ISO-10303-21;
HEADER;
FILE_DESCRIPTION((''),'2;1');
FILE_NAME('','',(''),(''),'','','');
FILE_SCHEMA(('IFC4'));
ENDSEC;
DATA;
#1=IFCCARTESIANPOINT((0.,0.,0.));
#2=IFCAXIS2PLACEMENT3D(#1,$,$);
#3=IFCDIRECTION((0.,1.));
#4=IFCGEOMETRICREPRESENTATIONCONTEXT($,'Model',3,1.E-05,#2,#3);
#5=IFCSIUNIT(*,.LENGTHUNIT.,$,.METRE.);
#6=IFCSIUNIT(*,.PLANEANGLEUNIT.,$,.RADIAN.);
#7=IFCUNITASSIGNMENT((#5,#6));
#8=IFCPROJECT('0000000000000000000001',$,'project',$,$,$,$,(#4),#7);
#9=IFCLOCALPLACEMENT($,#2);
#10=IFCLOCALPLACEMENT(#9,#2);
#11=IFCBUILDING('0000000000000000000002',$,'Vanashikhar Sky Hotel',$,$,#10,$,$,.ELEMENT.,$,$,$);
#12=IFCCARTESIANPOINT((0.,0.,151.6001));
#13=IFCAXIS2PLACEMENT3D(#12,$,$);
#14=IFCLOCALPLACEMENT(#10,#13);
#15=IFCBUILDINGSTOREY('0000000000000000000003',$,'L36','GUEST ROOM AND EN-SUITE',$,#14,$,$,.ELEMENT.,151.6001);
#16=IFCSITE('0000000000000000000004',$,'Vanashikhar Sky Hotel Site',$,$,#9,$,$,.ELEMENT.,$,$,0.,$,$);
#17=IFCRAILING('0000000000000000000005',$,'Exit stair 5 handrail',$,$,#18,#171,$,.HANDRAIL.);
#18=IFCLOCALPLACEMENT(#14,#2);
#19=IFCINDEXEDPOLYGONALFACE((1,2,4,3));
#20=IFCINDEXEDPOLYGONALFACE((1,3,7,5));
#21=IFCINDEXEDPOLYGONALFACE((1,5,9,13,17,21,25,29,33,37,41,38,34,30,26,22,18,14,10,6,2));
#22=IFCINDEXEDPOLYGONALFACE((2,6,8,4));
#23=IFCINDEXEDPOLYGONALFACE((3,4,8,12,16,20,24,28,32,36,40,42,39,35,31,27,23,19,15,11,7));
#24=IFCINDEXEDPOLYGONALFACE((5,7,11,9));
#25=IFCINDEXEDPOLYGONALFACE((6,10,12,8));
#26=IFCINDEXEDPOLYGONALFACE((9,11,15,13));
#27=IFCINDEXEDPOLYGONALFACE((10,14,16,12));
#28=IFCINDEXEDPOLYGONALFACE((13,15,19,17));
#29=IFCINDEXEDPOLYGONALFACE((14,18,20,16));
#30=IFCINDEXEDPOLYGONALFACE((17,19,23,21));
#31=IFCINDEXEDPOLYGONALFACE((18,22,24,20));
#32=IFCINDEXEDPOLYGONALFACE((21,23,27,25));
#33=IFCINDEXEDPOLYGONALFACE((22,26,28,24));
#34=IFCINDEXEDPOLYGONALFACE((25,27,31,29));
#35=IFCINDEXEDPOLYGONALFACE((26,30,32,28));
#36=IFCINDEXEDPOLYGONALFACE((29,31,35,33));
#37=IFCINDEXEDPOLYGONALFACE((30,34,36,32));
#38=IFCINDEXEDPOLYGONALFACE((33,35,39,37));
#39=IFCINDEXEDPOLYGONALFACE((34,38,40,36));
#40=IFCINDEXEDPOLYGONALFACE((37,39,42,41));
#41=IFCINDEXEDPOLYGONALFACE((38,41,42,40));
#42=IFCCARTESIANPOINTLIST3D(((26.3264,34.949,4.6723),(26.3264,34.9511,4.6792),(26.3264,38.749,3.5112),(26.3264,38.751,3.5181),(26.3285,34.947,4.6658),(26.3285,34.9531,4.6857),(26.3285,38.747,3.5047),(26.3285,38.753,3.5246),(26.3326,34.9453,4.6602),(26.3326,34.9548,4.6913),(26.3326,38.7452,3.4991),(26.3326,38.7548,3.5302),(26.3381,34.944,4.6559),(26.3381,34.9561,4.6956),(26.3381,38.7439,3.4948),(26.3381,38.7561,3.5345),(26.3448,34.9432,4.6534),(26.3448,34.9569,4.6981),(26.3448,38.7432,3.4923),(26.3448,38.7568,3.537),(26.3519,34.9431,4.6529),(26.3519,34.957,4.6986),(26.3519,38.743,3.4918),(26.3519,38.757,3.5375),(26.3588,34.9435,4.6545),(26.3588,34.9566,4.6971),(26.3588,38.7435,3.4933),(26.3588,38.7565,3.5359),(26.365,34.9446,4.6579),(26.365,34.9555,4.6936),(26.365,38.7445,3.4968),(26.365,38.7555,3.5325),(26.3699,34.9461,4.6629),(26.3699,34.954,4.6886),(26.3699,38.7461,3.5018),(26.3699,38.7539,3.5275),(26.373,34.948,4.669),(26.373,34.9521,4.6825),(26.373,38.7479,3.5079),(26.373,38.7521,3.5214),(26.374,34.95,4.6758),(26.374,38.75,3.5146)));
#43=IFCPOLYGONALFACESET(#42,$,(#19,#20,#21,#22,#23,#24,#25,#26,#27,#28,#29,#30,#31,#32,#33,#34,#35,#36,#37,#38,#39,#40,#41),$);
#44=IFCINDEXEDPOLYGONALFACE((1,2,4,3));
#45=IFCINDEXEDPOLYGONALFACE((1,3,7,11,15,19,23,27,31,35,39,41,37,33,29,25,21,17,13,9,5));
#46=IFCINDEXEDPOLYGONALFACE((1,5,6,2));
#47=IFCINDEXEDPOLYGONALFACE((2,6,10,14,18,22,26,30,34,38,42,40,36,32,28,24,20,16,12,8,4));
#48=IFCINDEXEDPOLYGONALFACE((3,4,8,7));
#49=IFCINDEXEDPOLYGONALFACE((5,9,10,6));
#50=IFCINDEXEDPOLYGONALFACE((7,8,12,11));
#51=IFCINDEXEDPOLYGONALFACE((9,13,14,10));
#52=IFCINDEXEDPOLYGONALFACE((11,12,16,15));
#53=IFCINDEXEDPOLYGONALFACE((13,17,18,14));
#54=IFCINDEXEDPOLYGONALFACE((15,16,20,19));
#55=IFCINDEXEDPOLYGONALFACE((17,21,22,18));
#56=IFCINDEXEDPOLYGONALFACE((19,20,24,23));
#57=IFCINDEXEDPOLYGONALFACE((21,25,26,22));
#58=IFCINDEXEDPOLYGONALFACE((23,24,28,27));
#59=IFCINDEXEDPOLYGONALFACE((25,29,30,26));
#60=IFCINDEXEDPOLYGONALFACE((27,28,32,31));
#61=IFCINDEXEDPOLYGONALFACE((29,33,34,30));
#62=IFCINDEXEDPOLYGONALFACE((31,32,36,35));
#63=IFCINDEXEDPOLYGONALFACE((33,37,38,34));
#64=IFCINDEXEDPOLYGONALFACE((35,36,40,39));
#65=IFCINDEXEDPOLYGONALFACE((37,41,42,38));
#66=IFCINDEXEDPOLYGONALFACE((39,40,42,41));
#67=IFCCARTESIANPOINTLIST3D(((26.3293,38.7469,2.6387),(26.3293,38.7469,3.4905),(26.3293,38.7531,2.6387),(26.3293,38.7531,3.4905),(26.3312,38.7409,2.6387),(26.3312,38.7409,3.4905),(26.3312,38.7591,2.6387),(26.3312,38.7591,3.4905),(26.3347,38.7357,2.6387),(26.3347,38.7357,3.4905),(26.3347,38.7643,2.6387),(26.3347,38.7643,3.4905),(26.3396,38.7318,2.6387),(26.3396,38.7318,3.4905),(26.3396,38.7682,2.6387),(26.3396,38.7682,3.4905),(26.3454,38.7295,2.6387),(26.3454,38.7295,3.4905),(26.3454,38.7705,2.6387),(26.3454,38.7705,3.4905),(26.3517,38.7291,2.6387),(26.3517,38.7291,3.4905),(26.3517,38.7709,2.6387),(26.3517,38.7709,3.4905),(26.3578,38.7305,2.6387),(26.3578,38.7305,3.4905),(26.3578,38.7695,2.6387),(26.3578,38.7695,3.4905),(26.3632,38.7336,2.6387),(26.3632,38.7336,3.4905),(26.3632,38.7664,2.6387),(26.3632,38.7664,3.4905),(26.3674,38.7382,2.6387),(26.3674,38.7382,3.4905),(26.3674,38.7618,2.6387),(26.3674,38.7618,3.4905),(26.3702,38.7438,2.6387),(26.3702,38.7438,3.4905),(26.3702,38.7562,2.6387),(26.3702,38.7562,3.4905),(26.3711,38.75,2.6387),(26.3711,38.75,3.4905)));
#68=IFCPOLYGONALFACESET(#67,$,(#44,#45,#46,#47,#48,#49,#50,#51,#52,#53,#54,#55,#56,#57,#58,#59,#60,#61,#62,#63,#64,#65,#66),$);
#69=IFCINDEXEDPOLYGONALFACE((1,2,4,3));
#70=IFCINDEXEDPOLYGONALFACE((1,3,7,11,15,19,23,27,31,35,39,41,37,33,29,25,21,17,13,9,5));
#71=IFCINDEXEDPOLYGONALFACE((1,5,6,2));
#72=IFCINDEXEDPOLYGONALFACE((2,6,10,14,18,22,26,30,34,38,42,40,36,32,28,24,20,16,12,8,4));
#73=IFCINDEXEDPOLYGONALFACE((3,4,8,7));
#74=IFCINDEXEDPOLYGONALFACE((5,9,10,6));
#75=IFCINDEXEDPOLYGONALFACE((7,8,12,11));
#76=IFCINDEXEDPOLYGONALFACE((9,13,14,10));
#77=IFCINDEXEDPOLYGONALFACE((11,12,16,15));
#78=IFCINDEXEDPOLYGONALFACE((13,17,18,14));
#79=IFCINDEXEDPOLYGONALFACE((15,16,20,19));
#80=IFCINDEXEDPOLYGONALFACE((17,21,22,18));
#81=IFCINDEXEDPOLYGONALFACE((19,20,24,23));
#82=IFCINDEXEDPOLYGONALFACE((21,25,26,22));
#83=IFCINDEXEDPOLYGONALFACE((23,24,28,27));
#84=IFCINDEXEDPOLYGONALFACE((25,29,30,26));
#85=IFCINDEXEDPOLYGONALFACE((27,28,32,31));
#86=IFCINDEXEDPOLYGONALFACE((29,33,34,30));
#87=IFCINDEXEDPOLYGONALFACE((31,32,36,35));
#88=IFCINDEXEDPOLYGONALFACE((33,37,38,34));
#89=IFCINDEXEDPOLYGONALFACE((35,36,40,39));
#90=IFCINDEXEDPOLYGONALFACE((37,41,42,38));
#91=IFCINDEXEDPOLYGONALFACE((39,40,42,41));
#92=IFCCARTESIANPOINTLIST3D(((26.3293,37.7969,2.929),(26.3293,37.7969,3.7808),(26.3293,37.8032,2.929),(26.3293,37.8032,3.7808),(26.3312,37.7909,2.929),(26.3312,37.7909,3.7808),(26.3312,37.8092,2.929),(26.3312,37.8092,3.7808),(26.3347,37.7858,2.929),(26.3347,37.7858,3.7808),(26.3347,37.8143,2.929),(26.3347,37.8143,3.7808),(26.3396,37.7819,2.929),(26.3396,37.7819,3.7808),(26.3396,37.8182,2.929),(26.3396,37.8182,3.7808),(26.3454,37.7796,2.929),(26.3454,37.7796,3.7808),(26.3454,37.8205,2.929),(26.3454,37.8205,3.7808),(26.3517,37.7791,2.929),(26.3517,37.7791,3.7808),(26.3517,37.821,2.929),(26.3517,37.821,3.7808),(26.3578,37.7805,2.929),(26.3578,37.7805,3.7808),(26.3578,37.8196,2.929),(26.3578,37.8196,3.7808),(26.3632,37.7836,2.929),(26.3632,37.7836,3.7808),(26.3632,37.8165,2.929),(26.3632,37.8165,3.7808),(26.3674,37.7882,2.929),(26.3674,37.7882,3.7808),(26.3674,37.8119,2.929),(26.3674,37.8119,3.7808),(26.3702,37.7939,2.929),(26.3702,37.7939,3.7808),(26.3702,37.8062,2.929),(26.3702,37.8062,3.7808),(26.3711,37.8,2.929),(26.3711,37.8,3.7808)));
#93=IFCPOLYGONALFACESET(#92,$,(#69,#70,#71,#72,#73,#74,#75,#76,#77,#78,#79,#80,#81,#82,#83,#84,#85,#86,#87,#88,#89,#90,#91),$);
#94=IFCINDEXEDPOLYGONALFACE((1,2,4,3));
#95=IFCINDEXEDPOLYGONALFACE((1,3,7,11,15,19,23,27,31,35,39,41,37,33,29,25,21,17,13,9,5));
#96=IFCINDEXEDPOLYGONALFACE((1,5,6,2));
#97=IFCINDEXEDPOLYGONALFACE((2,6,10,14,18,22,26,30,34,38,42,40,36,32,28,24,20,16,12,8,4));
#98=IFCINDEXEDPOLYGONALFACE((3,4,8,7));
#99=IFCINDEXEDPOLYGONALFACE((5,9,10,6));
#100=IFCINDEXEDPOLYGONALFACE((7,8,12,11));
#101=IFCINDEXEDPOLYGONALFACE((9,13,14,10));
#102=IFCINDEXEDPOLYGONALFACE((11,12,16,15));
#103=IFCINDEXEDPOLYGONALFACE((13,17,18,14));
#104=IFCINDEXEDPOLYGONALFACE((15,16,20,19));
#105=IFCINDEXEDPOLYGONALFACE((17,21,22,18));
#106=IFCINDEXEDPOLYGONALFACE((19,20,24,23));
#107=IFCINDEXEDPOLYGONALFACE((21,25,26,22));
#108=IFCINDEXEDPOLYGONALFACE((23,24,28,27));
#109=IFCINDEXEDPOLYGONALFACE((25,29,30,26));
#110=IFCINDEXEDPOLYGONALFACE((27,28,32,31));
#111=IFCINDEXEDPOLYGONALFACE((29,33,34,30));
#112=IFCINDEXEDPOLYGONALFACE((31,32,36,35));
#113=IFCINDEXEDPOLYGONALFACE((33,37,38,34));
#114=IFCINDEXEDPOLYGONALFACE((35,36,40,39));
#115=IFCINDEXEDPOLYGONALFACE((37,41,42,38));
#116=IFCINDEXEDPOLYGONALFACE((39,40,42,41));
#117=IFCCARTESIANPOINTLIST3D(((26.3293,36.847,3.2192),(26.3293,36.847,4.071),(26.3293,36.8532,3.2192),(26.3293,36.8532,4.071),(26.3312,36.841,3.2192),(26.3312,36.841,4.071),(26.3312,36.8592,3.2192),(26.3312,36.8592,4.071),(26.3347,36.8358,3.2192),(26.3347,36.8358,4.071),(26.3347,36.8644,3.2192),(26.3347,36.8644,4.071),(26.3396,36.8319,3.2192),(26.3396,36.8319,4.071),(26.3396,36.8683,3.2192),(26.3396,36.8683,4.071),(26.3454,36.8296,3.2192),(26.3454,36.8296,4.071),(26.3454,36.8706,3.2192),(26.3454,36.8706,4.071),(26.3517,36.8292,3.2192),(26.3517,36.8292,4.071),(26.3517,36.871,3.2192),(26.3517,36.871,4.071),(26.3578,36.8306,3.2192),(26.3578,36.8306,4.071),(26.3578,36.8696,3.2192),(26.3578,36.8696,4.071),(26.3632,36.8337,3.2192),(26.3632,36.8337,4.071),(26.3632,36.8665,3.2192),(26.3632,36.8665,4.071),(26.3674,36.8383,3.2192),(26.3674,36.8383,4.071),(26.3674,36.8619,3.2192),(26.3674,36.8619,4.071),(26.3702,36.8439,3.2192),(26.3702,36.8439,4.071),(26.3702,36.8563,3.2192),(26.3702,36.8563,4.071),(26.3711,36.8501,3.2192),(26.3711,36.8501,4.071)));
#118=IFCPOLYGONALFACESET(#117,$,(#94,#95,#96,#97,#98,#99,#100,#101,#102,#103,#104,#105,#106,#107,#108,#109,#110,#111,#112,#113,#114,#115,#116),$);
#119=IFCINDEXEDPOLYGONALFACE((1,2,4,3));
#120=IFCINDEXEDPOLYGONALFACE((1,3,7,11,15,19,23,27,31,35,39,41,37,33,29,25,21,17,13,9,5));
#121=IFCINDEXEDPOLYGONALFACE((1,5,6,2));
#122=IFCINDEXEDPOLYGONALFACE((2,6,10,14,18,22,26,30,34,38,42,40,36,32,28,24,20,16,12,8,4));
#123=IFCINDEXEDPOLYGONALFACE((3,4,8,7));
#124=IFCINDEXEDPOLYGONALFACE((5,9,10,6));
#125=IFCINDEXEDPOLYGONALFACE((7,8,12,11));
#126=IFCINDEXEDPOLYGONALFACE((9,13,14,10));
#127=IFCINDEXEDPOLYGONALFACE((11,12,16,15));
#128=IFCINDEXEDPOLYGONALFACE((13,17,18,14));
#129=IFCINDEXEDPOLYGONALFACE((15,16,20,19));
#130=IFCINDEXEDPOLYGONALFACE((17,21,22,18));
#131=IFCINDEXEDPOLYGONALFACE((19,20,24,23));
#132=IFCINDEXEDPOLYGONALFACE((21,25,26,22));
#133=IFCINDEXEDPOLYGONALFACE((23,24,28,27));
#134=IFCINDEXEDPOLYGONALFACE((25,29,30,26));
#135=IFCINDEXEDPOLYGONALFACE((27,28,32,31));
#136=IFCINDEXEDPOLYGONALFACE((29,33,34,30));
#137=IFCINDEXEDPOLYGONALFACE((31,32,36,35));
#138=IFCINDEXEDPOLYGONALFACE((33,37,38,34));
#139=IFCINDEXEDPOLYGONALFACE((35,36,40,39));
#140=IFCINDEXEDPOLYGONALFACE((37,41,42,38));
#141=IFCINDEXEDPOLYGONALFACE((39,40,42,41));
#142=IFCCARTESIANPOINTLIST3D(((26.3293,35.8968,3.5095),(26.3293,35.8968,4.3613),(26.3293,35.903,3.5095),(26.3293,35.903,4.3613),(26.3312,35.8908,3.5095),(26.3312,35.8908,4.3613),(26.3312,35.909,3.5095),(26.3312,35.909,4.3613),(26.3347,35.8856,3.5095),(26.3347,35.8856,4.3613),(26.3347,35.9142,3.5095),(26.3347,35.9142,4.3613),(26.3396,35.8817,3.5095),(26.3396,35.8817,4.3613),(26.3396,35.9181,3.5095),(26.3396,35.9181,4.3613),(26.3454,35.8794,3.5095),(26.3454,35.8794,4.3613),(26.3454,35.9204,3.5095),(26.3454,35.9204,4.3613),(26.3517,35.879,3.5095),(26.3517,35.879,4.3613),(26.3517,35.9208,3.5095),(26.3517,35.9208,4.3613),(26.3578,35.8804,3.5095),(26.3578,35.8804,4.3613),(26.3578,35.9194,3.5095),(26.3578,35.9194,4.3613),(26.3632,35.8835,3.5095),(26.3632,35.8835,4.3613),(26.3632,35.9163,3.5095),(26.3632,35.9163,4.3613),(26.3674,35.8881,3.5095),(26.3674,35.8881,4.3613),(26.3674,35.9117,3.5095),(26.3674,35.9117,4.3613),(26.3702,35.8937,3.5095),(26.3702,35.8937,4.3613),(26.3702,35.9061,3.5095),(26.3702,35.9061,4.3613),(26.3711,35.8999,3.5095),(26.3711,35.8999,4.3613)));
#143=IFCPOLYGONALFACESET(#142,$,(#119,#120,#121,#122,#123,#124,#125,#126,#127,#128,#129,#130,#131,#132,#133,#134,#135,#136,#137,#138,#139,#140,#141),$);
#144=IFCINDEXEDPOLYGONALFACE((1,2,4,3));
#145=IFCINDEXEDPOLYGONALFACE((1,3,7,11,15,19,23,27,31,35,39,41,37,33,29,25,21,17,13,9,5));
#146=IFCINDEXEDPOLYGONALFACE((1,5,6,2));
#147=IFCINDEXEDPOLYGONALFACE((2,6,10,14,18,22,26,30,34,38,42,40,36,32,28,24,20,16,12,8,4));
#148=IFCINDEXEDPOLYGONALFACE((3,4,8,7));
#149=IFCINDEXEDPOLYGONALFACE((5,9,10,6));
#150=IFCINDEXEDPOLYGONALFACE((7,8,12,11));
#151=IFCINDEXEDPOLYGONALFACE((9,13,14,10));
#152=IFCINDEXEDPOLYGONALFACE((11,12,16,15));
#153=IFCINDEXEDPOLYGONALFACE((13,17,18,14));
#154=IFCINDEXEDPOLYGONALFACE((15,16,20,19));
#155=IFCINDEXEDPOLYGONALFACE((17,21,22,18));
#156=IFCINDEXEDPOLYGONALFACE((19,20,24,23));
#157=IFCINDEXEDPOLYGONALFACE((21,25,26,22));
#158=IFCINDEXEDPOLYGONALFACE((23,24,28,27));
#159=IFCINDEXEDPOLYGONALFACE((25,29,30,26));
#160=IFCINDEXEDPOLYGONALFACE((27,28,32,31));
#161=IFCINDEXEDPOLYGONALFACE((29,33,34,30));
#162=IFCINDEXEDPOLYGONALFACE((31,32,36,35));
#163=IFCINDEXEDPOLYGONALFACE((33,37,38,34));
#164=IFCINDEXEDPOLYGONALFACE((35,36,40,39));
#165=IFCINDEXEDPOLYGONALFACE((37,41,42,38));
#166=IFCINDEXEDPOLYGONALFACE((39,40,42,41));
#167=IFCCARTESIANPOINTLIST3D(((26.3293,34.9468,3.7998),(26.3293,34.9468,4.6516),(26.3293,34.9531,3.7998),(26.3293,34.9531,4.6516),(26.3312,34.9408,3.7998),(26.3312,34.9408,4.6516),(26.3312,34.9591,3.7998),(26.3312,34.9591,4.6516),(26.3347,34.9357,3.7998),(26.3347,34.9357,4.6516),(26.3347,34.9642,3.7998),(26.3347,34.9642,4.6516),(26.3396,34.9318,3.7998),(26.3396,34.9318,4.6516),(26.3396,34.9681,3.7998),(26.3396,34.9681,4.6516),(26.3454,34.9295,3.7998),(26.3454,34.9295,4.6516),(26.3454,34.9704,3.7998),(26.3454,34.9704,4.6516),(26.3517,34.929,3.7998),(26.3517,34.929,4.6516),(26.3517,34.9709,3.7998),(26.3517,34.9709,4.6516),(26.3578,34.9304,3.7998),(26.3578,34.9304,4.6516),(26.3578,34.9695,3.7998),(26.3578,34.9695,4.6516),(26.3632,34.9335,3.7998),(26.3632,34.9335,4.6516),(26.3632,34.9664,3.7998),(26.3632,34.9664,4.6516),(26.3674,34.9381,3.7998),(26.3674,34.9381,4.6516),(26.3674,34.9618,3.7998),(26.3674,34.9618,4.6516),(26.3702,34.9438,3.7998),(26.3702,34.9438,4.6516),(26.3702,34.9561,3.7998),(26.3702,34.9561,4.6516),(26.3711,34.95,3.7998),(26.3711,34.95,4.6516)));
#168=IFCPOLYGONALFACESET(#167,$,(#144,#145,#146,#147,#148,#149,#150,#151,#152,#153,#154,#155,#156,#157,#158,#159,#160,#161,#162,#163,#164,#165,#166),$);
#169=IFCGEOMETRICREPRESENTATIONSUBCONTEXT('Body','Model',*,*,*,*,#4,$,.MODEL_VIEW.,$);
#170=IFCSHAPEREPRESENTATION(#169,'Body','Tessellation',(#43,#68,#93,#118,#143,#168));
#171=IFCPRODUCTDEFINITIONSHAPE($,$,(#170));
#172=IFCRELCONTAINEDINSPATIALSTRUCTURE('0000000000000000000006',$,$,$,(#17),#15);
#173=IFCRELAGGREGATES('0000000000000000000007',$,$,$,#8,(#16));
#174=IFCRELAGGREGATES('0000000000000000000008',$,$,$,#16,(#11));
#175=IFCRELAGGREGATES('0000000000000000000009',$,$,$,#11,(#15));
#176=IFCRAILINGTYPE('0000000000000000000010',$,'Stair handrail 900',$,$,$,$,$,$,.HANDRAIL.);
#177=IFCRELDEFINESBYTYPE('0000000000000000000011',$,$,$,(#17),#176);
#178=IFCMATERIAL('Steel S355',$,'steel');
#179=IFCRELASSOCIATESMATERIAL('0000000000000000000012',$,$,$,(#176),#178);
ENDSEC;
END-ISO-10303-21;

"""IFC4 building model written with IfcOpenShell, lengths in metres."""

from ifc_helpers import new_model, si_unit, direction, frame, origin, origin_2d, place, context, subcontext, project, spatial, circle, extrude, source, transform, mapped, material, type_object, element, save


model = new_model("IFC4")

# Units and contexts
model_context = context("Model", 3, precision=1e-05, world=origin(), true_north=direction((0.0, 1.0)))
body_context = subcontext(model_context, "Body", "Model", "MODEL_VIEW")
ifc_project = project(units=[si_unit("LENGTHUNIT", "METRE"), si_unit("PLANEANGLEUNIT", "RADIAN")], contexts=[model_context])

# Site, building, storey
site_placement = place(None, origin())
site = spatial("IfcSite", under=ifc_project, at=site_placement, Name="Vanashikhar Sky Hotel Site", CompositionType="ELEMENT", RefElevation=0.0)
building_placement = place(site_placement, origin())
building = spatial("IfcBuilding", under=site, at=building_placement, Name="Vanashikhar Sky Hotel", CompositionType="ELEMENT")
storey_placement = place(building_placement, frame((0.0, 0.0, 151.6001)))
storey = spatial("IfcBuildingStorey", under=building, at=storey_placement, Name="L36", Description="GUEST ROOM AND EN-SUITE", CompositionType="ELEMENT", Elevation=151.6001)

# Railing
ifc_material_1 = material(Name="Steel S355", Category="steel")
railing_type_1 = type_object("IfcRailingType", Name="Stair handrail 900", PredefinedType="HANDRAIL", material=ifc_material_1)
shared_shape_1 = source(origin(), body_context, "Body", "SweptSolid", [
    extrude(circle(Radius=0.0239, at=origin_2d()), frame((0.0, 0.0, 0.876), z_axis=(0.0, -0.956351, 0.29222), x_axis=(1.0, 0.0, 0.0)), (0.0, 0.0, 1.0), 3.9734),
    extrude(circle(Radius=0.021, at=origin_2d()), origin(), (0.0, 0.0, 1.0), 0.8518),
    extrude(circle(Radius=0.021, at=origin_2d()), frame((0.0, -0.95, 0.2903)), (0.0, 0.0, 1.0), 0.8518),
    extrude(circle(Radius=0.021, at=origin_2d()), frame((0.0, -1.8999, 0.5806)), (0.0, 0.0, 1.0), 0.8518),
    extrude(circle(Radius=0.021, at=origin_2d()), frame((0.0, -2.8501, 0.8708)), (0.0, 0.0, 1.0), 0.8518),
    extrude(circle(Radius=0.021, at=origin_2d()), frame((0.0, -3.8, 1.1611)), (0.0, 0.0, 1.0), 0.8518),
])
for number, where, name in (
    (1, (26.3501, 38.75, 2.6387), "Exit stair 5 handrail"),
):
    element("IfcRailing", number, at=place(storey_placement, frame(where)), inside=storey, type_object=railing_type_1, Name=name, PredefinedType="HANDRAIL", context=body_context, shape_type="MappedRepresentation", body=[
        mapped(shared_shape_1, transform((0.0, 0.0, 0.0), scale=1.0)),
    ])

save(model, "model.ifc")
